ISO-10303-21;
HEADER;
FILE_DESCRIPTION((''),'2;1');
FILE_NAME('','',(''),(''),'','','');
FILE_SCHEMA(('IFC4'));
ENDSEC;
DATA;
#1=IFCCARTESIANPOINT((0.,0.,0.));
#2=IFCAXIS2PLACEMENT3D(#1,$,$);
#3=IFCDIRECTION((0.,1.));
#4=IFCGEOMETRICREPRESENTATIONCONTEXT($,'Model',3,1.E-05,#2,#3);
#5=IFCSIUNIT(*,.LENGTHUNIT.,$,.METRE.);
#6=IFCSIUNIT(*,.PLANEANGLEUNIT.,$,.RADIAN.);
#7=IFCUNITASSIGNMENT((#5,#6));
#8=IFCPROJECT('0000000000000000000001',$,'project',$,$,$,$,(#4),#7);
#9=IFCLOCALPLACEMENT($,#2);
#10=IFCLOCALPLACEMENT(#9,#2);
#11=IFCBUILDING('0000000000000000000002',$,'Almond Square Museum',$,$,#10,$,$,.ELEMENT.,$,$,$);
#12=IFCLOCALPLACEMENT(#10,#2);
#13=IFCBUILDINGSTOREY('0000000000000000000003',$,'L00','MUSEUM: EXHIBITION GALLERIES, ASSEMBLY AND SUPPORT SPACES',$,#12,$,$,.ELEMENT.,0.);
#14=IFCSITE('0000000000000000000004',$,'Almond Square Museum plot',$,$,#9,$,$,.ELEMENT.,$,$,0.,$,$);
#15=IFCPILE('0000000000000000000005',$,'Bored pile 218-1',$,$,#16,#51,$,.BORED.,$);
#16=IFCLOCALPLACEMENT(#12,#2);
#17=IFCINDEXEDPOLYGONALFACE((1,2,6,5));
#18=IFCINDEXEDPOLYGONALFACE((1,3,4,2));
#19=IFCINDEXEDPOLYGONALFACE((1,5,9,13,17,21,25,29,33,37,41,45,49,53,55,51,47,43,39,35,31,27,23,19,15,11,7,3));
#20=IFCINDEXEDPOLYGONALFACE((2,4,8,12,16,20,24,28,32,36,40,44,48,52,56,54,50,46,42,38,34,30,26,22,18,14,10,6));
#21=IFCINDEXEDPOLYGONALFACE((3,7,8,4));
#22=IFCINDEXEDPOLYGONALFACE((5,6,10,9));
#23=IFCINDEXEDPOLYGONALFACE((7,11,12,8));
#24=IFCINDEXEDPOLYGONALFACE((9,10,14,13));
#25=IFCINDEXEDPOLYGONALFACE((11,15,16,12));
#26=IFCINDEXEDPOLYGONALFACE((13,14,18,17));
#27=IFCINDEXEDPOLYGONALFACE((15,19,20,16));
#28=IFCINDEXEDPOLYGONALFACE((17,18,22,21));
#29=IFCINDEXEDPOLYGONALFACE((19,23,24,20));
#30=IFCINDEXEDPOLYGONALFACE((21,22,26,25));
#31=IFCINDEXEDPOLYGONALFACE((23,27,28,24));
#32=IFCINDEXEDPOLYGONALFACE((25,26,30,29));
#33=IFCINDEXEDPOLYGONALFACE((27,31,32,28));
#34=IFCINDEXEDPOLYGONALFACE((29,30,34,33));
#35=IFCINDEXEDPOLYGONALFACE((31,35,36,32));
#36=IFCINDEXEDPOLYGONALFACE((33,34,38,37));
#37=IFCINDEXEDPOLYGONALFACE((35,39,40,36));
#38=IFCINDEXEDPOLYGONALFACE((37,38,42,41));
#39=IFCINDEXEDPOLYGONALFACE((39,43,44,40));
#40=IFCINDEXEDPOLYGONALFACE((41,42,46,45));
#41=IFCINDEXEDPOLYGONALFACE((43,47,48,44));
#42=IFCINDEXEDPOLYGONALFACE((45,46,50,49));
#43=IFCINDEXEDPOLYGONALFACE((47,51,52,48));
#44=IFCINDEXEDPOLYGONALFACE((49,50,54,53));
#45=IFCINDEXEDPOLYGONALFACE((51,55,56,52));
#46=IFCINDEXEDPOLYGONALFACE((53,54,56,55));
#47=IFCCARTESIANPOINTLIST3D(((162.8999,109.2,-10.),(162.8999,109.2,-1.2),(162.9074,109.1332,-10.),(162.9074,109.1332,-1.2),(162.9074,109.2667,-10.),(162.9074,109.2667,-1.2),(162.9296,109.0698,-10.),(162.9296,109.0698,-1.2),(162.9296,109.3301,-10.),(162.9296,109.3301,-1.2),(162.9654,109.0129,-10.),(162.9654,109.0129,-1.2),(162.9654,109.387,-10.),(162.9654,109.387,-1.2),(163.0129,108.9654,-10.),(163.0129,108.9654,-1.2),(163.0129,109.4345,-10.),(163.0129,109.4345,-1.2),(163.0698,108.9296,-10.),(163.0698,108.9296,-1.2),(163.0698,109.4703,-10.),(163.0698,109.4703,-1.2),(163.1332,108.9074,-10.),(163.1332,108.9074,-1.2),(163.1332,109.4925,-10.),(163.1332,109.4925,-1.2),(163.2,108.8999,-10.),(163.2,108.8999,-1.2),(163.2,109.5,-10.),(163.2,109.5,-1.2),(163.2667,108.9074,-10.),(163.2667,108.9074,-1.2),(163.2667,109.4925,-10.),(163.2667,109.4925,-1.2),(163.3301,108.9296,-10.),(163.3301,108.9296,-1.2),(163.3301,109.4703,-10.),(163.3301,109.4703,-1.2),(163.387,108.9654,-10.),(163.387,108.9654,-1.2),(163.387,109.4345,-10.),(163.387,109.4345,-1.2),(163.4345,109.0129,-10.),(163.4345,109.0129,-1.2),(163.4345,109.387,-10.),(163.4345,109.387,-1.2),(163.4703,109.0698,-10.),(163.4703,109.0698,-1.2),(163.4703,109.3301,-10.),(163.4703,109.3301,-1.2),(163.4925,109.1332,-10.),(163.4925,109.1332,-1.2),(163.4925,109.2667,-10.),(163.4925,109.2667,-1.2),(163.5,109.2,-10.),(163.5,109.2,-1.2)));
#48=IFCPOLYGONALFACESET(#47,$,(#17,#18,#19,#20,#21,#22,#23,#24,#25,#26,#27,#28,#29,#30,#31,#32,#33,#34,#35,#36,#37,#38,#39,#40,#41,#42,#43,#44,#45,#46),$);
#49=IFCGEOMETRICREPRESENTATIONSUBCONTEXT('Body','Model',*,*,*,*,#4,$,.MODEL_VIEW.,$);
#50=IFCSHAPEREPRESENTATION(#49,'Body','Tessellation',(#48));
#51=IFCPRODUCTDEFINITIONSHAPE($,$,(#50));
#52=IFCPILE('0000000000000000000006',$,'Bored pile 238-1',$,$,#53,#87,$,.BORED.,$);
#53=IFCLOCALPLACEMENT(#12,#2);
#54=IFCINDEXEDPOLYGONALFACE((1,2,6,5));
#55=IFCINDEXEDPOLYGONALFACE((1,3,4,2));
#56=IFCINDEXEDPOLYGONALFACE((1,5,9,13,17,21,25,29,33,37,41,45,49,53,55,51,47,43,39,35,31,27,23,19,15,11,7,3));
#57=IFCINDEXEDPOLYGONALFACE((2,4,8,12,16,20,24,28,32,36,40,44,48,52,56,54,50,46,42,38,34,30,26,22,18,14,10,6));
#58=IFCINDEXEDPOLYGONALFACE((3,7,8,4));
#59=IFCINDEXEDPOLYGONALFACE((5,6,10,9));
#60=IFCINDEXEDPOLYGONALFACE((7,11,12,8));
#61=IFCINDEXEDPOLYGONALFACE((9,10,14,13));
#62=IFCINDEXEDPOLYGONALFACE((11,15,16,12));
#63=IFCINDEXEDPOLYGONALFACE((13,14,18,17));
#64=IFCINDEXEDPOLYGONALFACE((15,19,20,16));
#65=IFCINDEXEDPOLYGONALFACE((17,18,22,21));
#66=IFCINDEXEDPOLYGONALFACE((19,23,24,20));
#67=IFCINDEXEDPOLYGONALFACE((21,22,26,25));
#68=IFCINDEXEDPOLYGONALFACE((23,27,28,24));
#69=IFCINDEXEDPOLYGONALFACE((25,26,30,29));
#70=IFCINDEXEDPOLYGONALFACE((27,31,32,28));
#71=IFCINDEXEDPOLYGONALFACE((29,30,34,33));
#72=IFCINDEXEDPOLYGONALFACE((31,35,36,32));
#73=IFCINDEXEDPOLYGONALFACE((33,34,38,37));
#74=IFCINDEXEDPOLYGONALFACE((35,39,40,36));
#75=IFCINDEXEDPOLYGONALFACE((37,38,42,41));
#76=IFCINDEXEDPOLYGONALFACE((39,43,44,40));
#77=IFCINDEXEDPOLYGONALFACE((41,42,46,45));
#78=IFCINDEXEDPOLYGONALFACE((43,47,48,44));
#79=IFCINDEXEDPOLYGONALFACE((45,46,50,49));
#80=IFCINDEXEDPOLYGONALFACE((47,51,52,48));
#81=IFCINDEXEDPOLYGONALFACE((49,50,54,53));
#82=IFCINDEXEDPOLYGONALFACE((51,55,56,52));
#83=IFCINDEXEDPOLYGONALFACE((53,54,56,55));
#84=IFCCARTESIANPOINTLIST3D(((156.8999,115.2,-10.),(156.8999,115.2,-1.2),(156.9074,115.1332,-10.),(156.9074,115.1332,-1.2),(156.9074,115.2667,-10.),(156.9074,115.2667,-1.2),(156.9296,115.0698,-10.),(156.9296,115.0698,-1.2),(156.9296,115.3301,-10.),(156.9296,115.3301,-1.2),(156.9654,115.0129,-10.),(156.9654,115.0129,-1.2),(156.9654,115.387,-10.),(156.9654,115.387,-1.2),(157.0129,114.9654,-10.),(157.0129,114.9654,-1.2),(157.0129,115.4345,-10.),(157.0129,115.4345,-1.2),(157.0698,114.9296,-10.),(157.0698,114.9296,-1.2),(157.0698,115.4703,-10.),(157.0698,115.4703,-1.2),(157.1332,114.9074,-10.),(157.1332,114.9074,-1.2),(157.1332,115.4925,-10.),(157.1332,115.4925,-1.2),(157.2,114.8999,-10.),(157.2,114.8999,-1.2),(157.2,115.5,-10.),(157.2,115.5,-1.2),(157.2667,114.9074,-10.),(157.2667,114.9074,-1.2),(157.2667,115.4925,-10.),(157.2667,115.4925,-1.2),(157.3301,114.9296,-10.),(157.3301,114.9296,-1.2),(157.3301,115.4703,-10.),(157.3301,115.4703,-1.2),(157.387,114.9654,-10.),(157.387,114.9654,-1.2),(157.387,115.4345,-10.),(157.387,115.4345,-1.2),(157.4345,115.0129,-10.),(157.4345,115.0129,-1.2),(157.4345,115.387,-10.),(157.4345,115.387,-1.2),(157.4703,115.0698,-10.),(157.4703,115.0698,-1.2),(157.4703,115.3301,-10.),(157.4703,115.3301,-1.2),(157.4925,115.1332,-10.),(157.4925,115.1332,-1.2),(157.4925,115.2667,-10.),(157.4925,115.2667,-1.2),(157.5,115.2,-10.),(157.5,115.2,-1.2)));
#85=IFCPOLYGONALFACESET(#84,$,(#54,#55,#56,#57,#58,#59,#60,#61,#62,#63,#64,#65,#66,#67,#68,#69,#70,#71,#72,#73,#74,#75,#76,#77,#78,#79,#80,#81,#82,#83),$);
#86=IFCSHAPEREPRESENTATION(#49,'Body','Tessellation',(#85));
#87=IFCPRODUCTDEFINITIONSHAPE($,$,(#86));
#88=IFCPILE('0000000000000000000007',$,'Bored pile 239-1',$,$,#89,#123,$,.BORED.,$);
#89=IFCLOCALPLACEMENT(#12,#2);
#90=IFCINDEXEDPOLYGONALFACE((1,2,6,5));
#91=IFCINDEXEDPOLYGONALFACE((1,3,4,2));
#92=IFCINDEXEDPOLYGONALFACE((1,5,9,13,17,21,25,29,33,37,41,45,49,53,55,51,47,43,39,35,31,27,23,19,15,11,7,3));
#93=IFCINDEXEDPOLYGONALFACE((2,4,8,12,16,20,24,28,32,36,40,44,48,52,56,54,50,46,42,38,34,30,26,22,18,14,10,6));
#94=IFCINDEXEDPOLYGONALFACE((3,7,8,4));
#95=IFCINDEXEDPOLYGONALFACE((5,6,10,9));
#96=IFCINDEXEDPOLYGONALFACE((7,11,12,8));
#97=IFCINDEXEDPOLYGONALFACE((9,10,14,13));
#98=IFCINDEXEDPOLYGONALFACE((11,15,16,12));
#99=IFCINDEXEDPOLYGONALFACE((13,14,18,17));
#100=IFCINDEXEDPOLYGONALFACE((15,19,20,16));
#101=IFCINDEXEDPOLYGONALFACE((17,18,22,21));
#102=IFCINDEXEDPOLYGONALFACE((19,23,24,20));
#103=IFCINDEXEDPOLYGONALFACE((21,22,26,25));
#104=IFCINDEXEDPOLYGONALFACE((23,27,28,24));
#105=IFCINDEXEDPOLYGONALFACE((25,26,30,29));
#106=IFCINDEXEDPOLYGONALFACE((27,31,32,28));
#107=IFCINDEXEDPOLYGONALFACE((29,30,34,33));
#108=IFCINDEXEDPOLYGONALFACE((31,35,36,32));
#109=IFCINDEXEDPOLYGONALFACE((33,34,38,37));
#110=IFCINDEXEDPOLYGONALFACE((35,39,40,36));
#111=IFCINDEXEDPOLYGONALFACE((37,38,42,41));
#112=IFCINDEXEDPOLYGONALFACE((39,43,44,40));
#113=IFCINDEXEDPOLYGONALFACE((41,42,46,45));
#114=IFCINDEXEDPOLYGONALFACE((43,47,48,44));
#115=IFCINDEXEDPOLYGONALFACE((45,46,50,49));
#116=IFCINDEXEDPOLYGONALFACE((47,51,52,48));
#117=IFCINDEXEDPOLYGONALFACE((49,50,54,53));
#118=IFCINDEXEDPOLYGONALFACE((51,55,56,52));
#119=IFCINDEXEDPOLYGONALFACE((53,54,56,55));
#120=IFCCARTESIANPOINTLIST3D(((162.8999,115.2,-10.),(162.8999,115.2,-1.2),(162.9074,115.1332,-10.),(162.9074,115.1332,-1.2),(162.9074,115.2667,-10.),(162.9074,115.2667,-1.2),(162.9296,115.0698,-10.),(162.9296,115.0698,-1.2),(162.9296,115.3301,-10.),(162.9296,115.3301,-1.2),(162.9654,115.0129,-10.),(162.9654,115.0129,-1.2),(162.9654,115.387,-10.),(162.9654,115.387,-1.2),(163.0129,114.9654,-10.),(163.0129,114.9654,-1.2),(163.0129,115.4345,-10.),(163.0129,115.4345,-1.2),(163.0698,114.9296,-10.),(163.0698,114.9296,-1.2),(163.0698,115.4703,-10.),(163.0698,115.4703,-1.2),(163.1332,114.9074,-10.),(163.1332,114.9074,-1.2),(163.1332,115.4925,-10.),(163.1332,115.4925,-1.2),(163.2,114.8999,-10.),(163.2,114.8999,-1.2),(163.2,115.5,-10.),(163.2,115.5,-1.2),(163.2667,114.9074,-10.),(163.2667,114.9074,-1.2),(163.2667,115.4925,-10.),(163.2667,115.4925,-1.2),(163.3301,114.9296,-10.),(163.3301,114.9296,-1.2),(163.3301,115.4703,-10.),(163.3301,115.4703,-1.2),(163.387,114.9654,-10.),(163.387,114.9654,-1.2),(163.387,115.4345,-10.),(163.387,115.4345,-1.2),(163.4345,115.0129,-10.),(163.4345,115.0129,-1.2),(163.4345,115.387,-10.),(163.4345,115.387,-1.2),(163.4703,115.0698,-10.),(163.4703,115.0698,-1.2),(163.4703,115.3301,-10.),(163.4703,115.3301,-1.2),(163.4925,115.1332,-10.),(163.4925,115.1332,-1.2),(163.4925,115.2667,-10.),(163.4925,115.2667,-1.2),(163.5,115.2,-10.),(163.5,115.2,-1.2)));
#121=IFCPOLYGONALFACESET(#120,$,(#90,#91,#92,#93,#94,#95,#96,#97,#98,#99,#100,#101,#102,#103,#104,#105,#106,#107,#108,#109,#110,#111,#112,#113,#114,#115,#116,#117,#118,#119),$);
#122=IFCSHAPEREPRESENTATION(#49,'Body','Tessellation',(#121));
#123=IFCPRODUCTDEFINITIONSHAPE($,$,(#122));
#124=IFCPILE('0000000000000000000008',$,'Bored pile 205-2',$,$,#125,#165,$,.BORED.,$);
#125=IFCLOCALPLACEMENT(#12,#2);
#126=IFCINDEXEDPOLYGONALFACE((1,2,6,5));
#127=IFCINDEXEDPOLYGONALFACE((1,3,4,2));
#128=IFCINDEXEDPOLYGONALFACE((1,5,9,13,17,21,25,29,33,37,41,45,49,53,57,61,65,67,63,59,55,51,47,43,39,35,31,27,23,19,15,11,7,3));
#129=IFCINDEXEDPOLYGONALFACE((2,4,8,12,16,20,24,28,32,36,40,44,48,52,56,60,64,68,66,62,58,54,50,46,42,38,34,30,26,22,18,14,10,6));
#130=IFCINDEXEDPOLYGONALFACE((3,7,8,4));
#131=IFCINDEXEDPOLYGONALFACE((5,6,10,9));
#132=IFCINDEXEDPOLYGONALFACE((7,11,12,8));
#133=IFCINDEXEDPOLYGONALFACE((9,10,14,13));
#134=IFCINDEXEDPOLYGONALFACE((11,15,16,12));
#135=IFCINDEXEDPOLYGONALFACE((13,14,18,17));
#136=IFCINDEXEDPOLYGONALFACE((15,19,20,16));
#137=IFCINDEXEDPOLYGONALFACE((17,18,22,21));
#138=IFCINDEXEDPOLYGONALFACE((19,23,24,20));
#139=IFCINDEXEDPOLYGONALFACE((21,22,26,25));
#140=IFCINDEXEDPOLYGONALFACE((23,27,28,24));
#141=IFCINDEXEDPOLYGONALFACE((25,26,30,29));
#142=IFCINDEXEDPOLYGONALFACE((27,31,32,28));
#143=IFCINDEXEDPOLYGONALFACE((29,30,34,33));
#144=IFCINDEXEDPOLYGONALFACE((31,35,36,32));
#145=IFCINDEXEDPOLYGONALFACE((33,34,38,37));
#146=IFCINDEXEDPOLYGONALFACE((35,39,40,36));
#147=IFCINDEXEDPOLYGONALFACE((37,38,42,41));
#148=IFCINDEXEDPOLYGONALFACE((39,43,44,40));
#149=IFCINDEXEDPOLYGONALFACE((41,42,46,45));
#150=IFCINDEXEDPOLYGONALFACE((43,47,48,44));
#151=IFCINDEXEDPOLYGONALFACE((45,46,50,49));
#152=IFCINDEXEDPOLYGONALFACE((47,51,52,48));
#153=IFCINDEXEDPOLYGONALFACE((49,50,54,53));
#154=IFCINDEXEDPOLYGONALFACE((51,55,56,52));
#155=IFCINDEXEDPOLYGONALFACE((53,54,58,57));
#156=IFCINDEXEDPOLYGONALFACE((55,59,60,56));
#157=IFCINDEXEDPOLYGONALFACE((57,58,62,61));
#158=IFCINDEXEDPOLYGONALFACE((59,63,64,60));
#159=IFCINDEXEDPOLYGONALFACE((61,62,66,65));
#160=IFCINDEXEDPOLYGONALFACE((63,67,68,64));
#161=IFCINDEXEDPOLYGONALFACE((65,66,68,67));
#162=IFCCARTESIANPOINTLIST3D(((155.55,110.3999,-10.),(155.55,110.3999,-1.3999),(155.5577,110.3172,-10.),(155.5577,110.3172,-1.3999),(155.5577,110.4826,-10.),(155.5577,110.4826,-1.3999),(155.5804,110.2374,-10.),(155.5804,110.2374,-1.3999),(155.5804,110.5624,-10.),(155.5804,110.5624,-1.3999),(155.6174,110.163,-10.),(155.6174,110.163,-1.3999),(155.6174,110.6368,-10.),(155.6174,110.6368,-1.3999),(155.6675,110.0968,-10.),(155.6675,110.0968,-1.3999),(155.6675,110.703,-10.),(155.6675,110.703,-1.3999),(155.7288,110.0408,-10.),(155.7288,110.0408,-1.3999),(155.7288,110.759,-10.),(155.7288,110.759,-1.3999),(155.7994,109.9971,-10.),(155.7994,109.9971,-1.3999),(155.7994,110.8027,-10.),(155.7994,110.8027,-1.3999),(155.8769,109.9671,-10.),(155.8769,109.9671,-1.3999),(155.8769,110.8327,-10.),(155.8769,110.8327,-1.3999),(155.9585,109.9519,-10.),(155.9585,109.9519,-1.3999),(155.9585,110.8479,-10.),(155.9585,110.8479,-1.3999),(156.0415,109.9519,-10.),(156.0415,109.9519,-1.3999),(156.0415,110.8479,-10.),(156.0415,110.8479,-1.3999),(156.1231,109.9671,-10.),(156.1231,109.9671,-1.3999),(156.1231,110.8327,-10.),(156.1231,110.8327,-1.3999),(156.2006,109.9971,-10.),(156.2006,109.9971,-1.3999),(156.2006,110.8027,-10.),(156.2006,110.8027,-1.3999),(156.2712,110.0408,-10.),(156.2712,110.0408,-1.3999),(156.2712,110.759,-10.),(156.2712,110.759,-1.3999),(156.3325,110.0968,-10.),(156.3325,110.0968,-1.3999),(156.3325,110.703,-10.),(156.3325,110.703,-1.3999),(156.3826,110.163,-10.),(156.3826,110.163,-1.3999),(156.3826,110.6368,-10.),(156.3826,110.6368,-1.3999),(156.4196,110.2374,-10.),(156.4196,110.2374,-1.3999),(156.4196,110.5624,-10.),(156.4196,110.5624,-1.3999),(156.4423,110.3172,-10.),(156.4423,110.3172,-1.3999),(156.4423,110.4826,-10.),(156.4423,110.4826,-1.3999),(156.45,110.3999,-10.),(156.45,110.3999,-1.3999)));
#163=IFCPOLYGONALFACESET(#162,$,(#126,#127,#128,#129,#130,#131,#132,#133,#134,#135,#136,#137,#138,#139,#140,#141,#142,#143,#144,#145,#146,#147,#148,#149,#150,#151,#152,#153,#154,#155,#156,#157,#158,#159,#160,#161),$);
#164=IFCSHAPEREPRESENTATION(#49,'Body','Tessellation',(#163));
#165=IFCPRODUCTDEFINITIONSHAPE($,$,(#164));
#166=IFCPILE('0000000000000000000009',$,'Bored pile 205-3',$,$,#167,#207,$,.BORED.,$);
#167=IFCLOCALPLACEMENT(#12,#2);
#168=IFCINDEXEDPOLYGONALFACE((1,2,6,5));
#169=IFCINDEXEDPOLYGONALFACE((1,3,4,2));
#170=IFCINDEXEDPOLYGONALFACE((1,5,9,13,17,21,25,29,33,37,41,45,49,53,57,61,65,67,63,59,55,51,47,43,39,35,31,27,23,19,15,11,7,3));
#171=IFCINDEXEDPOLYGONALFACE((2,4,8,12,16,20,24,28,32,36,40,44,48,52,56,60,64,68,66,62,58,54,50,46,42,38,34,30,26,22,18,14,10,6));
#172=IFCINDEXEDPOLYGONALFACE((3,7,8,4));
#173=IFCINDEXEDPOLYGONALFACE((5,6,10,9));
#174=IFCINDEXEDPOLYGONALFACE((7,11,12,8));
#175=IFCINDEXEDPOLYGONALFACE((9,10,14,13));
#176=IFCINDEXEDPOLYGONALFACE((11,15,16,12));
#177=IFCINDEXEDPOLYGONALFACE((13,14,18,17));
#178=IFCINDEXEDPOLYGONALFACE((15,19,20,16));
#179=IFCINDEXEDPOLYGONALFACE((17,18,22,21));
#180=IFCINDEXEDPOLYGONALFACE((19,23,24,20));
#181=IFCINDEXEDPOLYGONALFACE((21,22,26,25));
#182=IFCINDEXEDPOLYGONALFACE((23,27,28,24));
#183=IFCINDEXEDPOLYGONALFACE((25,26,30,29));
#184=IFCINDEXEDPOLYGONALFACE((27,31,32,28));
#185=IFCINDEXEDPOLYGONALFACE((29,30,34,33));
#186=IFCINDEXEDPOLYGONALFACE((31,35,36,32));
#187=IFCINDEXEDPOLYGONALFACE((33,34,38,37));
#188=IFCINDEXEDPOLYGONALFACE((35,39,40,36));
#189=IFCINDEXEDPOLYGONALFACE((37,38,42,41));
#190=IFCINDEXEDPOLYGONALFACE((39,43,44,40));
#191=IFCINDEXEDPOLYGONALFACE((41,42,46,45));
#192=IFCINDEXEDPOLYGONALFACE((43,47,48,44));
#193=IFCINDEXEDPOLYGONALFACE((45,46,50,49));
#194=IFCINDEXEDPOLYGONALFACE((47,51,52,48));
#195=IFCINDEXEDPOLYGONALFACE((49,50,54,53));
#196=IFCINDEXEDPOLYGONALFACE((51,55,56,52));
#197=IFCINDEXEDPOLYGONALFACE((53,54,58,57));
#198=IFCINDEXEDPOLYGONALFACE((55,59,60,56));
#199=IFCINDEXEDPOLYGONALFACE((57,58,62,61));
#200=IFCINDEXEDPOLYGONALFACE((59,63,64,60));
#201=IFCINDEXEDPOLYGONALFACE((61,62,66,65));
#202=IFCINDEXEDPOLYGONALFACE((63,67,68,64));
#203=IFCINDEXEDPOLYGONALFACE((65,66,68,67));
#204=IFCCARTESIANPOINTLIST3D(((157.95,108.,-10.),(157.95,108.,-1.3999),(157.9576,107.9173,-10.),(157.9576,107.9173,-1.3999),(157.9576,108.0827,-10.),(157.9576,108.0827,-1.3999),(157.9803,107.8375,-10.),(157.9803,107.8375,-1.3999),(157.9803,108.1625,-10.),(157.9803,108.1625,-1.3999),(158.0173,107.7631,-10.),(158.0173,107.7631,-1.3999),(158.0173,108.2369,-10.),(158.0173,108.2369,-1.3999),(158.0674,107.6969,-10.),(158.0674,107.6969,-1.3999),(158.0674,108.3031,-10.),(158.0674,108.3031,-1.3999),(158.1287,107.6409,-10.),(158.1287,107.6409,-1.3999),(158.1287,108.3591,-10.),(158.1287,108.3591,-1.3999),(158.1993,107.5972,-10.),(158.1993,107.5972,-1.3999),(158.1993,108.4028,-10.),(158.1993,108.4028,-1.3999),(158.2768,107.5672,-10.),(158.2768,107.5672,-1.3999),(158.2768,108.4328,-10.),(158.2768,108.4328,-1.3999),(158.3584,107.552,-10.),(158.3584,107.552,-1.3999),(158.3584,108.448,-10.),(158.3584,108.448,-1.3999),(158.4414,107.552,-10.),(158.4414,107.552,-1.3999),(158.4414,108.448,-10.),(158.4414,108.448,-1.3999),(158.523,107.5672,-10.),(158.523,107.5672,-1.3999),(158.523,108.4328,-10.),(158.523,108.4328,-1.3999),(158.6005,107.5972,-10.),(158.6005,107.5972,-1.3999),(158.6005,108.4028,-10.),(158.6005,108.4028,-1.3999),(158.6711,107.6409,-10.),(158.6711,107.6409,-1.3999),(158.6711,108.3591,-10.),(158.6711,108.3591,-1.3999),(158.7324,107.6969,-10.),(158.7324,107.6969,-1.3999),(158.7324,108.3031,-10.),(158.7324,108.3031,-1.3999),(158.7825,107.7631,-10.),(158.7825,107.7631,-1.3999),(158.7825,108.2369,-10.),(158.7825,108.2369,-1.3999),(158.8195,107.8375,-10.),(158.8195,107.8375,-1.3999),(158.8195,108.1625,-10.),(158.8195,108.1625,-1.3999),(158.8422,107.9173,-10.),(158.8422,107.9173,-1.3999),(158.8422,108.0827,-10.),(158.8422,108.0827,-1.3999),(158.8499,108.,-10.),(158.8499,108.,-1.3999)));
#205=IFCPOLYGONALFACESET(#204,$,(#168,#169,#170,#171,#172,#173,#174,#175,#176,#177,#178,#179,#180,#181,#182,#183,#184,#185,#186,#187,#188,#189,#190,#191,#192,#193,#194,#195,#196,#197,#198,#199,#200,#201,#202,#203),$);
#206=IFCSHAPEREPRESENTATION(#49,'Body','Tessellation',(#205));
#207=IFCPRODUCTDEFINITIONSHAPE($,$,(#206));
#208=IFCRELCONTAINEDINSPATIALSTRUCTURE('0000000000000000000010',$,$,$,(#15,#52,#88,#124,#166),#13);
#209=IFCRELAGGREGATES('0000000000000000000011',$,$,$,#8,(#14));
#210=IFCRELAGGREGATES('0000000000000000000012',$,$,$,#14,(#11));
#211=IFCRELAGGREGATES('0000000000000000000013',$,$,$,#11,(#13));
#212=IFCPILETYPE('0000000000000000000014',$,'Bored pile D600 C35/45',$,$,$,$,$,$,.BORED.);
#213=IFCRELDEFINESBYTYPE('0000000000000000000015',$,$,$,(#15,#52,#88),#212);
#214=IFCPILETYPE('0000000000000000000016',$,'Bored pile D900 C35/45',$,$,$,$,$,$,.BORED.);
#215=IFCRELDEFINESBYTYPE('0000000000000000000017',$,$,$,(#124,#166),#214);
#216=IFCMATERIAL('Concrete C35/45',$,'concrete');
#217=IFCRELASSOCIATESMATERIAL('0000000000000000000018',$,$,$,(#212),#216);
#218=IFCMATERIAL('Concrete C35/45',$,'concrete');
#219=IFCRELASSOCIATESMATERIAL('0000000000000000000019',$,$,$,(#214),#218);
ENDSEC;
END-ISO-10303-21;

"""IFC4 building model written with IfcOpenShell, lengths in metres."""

from ifc_helpers import new_model, si_unit, direction, frame, origin, origin_2d, place, context, subcontext, project, spatial, circle, extrude, material, material_profile, profile_set, type_object, element, save


model = new_model("IFC4")

# Units and contexts
model_context = context("Model", 3, precision=1e-05, world=origin(), true_north=direction((0.0, 1.0)))
body_context = subcontext(model_context, "Body", "Model", "MODEL_VIEW")
ifc_project = project(units=[si_unit("LENGTHUNIT", "METRE"), si_unit("PLANEANGLEUNIT", "RADIAN")], contexts=[model_context])

# Site, building, storey
site_placement = place(None, origin())
site = spatial("IfcSite", under=ifc_project, at=site_placement, Name="Almond Square Museum plot", CompositionType="ELEMENT", RefElevation=0.0)
building_placement = place(site_placement, origin())
building = spatial("IfcBuilding", under=site, at=building_placement, Name="Almond Square Museum", CompositionType="ELEMENT")
storey_placement = place(building_placement, origin())
storey = spatial("IfcBuildingStorey", under=building, at=storey_placement, Name="L00", Description="MUSEUM: EXHIBITION GALLERIES, ASSEMBLY AND SUPPORT SPACES", CompositionType="ELEMENT", Elevation=0.0)

# Piles
ifc_material_1 = material(Name="Concrete C35/45", Category="concrete")
ifc_material_profile_1 = material_profile(ifc_material_1, circle(Radius=0.3, at=origin_2d()))
ifc_profile_set_1 = profile_set([ifc_material_profile_1], Name="Concrete C35/45")
pile_type_1 = type_object("IfcPileType", Name="Bored pile D600 C35/45", PredefinedType="BORED", material=ifc_profile_set_1)
for number, where, z_axis, x_axis, name in (
    (1, (163.2, 109.2, -1.2), (0.0, 0.0, -1.0), (1.0, 0.0, 0.0), "Bored pile 218-1"),
    (2, (157.2, 115.2, -1.2), (0.0, 0.0, -1.0), (1.0, 0.0, 0.0), "Bored pile 238-1"),
    (3, (163.2, 115.2, -1.2), (0.0, 0.0, -1.0), (1.0, 0.0, 0.0), "Bored pile 239-1"),
):
    element("IfcPile", number, at=place(storey_placement, frame(where, z_axis=z_axis, x_axis=x_axis)), inside=storey, type_object=pile_type_1, Name=name, PredefinedType="BORED", context=body_context, shape_type="SweptSolid", body=[
        extrude(circle(Radius=0.3, at=origin_2d()), origin(), (0.0, 0.0, 1.0), 8.8),
    ])
ifc_material_2 = material(Name="Concrete C35/45", Category="concrete")
ifc_material_profile_2 = material_profile(ifc_material_2, circle(Radius=0.45, at=origin_2d()))
ifc_profile_set_2 = profile_set([ifc_material_profile_2], Name="Concrete C35/45")
pile_type_2 = type_object("IfcPileType", Name="Bored pile D900 C35/45", PredefinedType="BORED", material=ifc_profile_set_2)
for number, where, z_axis, x_axis, name in (
    (4, (156.0, 110.3999, -1.3999), (0.0, 0.0, -1.0), (1.0, 0.0, 0.0), "Bored pile 205-2"),
    (5, (158.3999, 108.0, -1.3999), (0.0, 0.0, -1.0), (1.0, 0.0, 0.0), "Bored pile 205-3"),
):
    element("IfcPile", number, at=place(storey_placement, frame(where, z_axis=z_axis, x_axis=x_axis)), inside=storey, type_object=pile_type_2, Name=name, PredefinedType="BORED", context=body_context, shape_type="SweptSolid", body=[
        extrude(circle(Radius=0.45, at=origin_2d()), origin(), (0.0, 0.0, 1.0), 8.6001),
    ])

save(model, "model.ifc")
